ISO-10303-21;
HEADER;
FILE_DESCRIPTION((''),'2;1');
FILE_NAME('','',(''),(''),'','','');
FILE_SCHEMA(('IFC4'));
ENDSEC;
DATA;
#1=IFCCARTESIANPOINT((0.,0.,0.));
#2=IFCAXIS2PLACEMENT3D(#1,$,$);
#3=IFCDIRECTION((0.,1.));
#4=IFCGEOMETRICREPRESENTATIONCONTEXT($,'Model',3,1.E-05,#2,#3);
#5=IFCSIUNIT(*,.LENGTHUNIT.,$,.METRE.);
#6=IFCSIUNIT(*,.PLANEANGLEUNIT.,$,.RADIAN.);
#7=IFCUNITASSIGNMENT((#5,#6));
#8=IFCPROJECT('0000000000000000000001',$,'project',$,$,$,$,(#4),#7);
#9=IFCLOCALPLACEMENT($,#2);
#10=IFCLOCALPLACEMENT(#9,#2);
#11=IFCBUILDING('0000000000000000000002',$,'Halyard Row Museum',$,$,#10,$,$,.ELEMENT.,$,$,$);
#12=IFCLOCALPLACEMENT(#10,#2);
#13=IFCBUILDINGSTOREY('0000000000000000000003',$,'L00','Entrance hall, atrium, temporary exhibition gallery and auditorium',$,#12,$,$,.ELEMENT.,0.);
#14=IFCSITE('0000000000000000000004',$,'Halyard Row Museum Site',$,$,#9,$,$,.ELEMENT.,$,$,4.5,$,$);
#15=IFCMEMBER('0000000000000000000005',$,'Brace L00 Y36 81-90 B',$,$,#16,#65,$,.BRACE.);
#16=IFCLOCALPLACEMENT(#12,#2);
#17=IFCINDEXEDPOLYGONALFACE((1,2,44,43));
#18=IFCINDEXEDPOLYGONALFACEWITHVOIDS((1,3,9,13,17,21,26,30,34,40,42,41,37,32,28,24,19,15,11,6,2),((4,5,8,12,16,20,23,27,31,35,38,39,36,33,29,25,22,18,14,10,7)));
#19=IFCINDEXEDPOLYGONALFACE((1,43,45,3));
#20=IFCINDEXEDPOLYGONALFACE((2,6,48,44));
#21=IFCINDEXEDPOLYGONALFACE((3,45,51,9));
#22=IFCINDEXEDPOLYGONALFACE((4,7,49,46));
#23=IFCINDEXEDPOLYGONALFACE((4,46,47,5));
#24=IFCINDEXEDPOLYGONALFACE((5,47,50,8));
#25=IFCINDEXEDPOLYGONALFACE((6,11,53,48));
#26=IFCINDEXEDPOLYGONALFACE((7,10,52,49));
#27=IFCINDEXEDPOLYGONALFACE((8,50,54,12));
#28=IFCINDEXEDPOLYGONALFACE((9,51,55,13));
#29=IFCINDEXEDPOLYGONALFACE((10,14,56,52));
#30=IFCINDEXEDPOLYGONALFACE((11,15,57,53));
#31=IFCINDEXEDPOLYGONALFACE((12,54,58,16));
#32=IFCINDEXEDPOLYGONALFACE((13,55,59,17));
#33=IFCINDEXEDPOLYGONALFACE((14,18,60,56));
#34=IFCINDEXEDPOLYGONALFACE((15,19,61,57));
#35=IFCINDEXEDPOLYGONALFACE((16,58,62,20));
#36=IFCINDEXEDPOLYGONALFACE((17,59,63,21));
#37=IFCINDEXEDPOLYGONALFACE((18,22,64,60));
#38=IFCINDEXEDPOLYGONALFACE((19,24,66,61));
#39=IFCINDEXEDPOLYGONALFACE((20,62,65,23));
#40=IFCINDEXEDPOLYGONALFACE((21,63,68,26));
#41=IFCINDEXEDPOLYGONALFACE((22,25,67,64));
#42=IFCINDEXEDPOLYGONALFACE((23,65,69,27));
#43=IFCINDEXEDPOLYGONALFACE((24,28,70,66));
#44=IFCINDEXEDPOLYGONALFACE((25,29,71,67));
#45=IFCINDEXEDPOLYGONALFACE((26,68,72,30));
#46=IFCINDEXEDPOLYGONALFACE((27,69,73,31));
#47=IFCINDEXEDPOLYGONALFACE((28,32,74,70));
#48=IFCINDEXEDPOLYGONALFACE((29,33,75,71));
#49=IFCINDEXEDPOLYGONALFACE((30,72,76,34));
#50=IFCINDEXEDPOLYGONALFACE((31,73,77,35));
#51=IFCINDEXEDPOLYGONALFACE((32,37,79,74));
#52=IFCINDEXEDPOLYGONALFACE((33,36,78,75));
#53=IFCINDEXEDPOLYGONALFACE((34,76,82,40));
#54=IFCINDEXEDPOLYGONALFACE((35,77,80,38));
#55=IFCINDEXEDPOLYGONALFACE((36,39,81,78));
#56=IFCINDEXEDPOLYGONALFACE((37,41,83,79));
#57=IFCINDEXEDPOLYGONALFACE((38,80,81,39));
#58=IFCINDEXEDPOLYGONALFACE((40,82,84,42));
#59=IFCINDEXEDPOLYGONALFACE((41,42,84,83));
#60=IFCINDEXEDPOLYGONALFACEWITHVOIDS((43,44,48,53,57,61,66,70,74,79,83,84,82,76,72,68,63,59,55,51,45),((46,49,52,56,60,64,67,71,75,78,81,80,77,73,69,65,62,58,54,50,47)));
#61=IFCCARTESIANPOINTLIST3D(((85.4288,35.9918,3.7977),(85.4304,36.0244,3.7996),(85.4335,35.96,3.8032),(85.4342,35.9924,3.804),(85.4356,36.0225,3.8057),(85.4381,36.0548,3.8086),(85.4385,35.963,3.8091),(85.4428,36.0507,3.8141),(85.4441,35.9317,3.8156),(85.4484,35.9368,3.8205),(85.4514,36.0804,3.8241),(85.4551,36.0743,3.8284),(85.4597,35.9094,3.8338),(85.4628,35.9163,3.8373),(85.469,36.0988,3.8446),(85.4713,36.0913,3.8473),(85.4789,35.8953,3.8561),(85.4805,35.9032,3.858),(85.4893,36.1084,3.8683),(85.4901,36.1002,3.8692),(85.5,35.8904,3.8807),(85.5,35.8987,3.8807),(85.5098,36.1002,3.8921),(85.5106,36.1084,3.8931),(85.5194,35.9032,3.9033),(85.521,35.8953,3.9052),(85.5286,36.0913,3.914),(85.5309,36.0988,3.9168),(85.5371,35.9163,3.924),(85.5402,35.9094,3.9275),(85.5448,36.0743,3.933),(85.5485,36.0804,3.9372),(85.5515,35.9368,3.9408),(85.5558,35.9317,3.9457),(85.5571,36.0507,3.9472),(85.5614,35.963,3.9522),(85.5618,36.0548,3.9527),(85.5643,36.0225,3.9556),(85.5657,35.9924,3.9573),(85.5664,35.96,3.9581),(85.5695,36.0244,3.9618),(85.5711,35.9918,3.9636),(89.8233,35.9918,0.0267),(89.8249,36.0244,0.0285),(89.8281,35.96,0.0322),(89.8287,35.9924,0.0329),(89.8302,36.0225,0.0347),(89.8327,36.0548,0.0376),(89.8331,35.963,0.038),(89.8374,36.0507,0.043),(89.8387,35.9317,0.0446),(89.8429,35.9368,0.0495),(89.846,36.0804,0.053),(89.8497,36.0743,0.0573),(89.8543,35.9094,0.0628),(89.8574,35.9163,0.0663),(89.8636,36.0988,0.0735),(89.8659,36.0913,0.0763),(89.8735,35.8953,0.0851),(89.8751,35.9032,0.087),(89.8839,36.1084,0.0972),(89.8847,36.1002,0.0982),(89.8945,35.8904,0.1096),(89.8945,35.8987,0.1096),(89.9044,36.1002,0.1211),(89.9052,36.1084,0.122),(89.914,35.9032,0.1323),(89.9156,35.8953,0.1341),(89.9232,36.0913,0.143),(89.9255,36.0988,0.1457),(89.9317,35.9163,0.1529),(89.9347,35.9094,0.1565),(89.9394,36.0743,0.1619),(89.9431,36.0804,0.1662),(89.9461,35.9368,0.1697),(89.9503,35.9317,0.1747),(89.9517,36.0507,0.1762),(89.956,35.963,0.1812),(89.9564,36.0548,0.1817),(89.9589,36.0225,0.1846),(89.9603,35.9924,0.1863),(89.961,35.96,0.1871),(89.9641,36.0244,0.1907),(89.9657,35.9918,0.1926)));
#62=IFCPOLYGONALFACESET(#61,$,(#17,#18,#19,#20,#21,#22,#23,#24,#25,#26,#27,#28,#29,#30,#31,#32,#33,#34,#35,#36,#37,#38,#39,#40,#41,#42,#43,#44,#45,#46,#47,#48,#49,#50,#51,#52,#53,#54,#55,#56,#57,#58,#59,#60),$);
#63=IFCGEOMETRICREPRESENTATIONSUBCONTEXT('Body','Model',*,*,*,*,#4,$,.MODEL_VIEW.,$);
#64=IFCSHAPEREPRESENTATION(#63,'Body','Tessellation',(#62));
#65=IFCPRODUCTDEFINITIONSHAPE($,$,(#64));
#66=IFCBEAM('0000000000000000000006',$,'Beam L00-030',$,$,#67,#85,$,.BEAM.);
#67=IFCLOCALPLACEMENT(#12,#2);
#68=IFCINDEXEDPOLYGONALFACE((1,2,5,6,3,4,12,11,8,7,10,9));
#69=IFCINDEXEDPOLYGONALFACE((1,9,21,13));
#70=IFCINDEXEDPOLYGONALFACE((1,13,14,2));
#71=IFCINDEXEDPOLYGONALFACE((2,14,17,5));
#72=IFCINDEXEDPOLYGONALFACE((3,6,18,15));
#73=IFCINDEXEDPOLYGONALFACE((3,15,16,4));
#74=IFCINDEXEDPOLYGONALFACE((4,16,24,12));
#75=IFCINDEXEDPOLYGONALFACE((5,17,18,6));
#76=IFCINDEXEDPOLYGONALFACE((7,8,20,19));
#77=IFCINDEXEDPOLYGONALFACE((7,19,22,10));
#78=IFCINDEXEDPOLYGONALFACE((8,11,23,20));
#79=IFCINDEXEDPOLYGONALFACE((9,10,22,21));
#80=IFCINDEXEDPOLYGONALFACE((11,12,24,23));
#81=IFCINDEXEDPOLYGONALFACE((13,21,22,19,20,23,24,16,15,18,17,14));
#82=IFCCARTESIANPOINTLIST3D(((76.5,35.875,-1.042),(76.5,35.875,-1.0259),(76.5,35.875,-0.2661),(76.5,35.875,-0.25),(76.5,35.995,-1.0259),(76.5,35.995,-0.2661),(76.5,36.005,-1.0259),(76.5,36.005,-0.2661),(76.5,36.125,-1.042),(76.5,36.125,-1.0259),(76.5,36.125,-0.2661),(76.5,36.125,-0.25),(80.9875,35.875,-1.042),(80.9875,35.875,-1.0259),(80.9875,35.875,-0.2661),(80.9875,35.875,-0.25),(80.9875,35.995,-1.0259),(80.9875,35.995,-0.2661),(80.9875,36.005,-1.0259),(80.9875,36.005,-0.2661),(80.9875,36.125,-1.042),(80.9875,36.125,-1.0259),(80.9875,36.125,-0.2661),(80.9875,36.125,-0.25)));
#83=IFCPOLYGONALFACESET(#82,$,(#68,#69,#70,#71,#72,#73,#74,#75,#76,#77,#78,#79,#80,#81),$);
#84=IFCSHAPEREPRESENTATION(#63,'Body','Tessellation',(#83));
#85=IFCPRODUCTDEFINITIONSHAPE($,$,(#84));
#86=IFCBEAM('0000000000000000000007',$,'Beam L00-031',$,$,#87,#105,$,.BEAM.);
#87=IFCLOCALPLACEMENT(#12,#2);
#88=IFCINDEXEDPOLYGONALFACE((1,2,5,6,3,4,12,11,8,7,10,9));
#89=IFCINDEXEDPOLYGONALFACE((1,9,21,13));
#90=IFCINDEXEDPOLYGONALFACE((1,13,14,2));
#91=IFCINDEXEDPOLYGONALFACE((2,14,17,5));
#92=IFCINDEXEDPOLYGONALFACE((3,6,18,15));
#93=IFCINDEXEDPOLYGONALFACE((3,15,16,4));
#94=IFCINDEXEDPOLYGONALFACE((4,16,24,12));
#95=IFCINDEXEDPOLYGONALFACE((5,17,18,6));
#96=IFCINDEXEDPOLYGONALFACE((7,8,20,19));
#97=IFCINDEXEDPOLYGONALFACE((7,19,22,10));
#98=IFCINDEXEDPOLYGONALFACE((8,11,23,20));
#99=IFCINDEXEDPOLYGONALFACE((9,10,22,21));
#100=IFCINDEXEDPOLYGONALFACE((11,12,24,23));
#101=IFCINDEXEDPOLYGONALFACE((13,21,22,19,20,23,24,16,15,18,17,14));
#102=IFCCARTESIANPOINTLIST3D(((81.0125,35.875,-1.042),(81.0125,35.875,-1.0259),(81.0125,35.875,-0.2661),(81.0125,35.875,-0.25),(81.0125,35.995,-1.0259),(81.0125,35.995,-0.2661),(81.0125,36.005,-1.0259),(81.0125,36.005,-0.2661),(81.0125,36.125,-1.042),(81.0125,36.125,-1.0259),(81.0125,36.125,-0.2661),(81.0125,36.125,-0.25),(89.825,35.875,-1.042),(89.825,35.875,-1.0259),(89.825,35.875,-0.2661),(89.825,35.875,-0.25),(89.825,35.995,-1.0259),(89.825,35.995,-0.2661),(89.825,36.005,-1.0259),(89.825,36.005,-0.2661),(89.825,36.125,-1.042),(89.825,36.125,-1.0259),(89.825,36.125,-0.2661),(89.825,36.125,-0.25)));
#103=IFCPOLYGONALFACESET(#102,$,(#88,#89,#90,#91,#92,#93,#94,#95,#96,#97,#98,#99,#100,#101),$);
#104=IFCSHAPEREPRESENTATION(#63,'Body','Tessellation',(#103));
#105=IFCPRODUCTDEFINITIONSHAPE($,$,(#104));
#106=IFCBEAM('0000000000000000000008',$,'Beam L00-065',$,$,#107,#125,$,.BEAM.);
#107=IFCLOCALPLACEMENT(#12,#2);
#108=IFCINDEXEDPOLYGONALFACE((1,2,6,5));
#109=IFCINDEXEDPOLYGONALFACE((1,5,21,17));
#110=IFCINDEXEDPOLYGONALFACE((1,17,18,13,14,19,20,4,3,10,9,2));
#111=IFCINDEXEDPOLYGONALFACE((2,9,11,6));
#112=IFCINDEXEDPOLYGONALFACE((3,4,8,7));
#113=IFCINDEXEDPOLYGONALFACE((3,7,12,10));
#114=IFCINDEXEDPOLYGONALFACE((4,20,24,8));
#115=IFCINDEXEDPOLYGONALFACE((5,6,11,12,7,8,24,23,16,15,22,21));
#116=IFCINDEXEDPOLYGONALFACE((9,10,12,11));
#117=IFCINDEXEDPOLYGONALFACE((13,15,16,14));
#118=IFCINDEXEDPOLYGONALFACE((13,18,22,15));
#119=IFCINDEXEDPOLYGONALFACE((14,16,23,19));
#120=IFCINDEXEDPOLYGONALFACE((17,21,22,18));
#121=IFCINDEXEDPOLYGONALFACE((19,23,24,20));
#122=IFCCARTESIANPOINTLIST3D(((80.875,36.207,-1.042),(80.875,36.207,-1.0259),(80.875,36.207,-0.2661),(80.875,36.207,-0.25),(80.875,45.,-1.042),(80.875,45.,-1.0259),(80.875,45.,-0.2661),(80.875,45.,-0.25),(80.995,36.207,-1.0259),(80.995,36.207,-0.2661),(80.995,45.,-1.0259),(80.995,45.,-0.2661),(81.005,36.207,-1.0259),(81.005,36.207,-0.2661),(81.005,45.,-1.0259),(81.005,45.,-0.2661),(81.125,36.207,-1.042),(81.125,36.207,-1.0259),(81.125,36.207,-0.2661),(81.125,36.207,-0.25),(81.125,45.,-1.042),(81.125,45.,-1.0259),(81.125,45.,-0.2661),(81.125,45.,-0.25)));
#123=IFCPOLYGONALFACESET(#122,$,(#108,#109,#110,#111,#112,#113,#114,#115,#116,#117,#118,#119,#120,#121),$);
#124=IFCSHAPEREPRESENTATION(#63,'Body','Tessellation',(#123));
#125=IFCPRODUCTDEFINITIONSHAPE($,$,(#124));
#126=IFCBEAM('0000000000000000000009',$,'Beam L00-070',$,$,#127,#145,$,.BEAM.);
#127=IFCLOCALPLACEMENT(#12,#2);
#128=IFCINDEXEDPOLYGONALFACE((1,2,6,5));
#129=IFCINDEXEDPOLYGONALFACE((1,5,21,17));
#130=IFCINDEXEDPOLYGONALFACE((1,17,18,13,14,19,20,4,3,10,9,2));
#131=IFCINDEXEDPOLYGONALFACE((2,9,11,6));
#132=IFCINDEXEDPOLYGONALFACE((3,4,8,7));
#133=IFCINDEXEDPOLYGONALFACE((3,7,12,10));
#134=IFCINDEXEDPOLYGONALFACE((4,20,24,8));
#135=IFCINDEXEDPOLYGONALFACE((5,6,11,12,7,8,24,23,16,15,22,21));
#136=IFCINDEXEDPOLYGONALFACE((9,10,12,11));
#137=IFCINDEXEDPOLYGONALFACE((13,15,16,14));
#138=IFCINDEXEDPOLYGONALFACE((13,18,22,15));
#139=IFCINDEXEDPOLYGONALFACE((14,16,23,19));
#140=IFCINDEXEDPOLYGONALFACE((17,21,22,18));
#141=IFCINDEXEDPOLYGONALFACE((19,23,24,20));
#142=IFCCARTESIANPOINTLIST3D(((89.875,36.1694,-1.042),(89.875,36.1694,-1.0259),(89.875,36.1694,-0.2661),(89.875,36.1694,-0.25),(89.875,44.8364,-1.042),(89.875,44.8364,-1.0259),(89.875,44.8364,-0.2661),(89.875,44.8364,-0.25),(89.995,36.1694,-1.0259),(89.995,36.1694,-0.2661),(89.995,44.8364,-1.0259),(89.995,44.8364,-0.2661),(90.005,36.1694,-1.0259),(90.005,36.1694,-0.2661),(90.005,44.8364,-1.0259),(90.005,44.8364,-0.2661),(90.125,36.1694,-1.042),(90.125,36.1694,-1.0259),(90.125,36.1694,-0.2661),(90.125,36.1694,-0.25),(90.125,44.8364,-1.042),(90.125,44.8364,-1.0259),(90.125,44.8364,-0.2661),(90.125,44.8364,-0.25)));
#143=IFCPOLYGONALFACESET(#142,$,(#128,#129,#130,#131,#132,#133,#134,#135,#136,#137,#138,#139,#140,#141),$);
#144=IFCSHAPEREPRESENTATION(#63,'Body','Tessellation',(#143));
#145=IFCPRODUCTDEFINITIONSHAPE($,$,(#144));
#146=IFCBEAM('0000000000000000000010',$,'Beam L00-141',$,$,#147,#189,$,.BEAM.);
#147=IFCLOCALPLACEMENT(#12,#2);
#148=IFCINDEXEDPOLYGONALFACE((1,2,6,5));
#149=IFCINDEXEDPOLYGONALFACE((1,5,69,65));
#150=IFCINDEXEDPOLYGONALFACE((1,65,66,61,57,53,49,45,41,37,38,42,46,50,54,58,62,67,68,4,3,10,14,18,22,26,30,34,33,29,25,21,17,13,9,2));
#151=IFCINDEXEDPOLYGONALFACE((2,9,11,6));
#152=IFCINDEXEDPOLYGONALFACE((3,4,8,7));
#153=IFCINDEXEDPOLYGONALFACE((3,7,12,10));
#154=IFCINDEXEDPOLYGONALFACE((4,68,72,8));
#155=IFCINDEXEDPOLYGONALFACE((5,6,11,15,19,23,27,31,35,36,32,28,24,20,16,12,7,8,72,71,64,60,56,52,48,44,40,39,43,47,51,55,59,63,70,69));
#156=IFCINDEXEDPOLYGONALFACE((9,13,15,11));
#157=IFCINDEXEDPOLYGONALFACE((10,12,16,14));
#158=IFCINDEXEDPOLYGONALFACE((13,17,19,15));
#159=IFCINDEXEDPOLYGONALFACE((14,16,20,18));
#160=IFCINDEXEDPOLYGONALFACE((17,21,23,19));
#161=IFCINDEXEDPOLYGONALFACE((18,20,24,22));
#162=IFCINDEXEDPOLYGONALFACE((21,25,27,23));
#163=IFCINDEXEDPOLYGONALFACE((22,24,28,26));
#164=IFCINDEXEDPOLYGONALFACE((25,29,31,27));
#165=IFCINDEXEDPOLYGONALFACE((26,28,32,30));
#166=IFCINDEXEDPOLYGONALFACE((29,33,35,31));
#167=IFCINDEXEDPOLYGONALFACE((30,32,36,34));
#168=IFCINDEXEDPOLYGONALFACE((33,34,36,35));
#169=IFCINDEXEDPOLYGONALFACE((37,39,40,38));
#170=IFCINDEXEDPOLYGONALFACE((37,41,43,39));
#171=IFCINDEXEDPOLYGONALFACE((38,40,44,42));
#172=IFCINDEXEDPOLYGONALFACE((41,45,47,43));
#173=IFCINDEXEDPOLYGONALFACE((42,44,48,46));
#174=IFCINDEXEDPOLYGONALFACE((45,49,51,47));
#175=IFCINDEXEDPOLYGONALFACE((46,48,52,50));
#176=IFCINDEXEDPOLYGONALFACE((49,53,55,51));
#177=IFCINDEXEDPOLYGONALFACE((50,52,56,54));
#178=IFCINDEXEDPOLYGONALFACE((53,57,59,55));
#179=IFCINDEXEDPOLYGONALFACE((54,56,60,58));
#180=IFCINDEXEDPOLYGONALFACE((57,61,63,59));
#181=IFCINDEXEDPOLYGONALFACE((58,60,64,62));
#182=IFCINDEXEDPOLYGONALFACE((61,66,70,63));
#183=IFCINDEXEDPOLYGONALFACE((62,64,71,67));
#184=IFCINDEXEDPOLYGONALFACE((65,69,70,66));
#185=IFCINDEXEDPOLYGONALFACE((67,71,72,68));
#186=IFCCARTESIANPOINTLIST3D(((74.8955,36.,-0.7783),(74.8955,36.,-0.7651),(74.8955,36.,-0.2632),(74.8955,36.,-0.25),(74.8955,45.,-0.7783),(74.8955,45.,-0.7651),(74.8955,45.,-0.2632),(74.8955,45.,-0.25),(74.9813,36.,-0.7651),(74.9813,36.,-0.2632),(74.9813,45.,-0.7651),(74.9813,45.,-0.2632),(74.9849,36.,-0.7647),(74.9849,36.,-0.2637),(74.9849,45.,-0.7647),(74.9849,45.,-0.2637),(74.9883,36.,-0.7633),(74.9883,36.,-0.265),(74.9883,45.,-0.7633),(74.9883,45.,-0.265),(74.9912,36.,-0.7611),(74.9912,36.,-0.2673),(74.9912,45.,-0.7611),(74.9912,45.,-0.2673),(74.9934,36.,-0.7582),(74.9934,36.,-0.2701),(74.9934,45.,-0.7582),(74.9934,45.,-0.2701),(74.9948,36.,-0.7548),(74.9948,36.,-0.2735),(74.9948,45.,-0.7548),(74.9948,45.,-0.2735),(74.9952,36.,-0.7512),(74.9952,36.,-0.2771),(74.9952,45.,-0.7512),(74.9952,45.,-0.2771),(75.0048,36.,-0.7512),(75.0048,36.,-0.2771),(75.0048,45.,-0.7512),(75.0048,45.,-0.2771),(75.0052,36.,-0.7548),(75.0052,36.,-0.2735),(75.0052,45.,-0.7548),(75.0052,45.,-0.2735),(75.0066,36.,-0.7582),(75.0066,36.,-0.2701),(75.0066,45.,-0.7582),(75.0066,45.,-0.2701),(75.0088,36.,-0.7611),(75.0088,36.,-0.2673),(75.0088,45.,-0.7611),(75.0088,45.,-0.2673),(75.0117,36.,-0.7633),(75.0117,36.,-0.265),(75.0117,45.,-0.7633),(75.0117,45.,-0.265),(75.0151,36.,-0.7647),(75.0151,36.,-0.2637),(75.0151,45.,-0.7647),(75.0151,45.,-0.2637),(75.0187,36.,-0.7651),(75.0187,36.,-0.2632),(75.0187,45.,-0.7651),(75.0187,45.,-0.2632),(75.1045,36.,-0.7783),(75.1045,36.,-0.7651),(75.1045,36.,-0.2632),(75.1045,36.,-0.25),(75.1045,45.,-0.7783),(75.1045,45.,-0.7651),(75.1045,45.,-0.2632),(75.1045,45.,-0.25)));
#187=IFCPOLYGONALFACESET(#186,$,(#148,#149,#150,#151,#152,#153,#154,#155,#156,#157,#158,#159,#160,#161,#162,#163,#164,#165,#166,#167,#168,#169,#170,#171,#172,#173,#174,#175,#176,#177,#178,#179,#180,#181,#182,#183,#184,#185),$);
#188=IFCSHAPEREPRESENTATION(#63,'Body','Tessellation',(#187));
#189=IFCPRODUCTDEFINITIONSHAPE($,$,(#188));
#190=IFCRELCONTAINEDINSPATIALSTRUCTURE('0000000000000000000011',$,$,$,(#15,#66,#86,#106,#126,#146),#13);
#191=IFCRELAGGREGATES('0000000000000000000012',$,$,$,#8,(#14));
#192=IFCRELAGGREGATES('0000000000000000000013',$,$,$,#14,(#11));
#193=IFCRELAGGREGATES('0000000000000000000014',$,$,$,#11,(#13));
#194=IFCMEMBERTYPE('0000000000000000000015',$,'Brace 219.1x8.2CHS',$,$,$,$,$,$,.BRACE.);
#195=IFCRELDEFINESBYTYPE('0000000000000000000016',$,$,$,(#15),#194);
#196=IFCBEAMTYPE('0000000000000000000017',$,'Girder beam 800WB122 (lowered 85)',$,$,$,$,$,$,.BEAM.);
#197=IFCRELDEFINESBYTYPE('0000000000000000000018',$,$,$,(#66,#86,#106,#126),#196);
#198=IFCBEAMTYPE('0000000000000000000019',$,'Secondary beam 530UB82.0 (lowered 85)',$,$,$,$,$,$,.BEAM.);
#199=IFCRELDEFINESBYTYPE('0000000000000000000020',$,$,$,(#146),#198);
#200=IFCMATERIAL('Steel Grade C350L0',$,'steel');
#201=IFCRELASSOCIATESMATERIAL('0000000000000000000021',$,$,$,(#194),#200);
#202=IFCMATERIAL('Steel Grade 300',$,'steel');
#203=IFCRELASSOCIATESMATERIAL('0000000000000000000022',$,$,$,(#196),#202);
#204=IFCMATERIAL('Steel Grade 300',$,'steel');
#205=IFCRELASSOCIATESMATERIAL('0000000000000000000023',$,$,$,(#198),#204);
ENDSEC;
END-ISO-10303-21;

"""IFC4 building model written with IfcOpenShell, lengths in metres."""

from ifc_helpers import new_model, si_unit, direction, frame, origin, origin_2d, place, context, subcontext, project, spatial, hollow_circle, i_section, extrude, material, material_profile, profile_set, type_object, element, save


model = new_model("IFC4")

# Units and contexts
model_context = context("Model", 3, precision=1e-05, world=origin(), true_north=direction((0.0, 1.0)))
body_context = subcontext(model_context, "Body", "Model", "MODEL_VIEW")
ifc_project = project(units=[si_unit("LENGTHUNIT", "METRE"), si_unit("PLANEANGLEUNIT", "RADIAN")], contexts=[model_context])

# Site, building, storey
site_placement = place(None, origin())
site = spatial("IfcSite", under=ifc_project, at=site_placement, Name="Halyard Row Museum Site", CompositionType="ELEMENT", RefElevation=4.5)
building_placement = place(site_placement, origin())
building = spatial("IfcBuilding", under=site, at=building_placement, Name="Halyard Row Museum", CompositionType="ELEMENT")
storey_placement = place(building_placement, origin())
storey = spatial("IfcBuildingStorey", under=building, at=storey_placement, Name="L00", Description="Entrance hall, atrium, temporary exhibition gallery and auditorium", CompositionType="ELEMENT", Elevation=0.0)

# Member
ifc_material_1 = material(Name="Steel Grade C350L0", Category="steel")
ifc_material_profile_1 = material_profile(ifc_material_1, hollow_circle(Radius=0.1096, WallThickness=0.0083, at=origin_2d()), Name="219.1x8.2CHS")
ifc_profile_set_1 = profile_set([ifc_material_profile_1], Name="Steel Grade C350L0")
member_type = type_object("IfcMemberType", Name="Brace 219.1x8.2CHS", PredefinedType="BRACE", material=ifc_profile_set_1)
member_1_placement = place(storey_placement, frame((89.8945, 36.0, 0.1096), z_axis=(-0.758893, 0.0, 0.651215), x_axis=(0.0, -1.0, 0.0)))
element("IfcMember", 1, at=member_1_placement, inside=storey, type_object=member_type, Name="Brace L00 Y36 81-90 B", PredefinedType="BRACE", context=body_context, shape_type="SweptSolid", body=[
    extrude(hollow_circle(Radius=0.1096, WallThickness=0.0083, at=origin_2d()), origin(), (0.0, 0.0, 1.0), 5.7908),
])

# Beams
ifc_material_2 = material(Name="Steel Grade 300", Category="steel")
ifc_material_profile_2 = material_profile(ifc_material_2, i_section(OverallWidth=0.25, OverallDepth=0.792, WebThickness=0.01, FlangeThickness=0.0161, at=origin_2d()), Name="800WB122")
ifc_profile_set_2 = profile_set([ifc_material_profile_2], Name="Steel Grade 300")
beam_type_1 = type_object("IfcBeamType", Name="Girder beam 800WB122 (lowered 85)", PredefinedType="BEAM", material=ifc_profile_set_2)
beam_1_placement = place(storey_placement, frame((76.5, 36.0, -0.646), z_axis=(1.0, 0.0, 0.0), x_axis=(0.0, 1.0, 0.0)))
element("IfcBeam", 2, at=beam_1_placement, inside=storey, type_object=beam_type_1, Name="Beam L00-030", PredefinedType="BEAM", context=body_context, shape_type="SweptSolid", body=[
    extrude(i_section(OverallWidth=0.25, OverallDepth=0.792, WebThickness=0.01, FlangeThickness=0.0161, at=origin_2d()), origin(), (0.0, 0.0, 1.0), 4.4875),
])
beam_2_placement = place(storey_placement, frame((81.0125, 36.0, -0.646), z_axis=(1.0, 0.0, 0.0), x_axis=(0.0, 1.0, 0.0)))
element("IfcBeam", 3, at=beam_2_placement, inside=storey, type_object=beam_type_1, Name="Beam L00-031", PredefinedType="BEAM", context=body_context, shape_type="SweptSolid", body=[
    extrude(i_section(OverallWidth=0.25, OverallDepth=0.792, WebThickness=0.01, FlangeThickness=0.0161, at=origin_2d()), origin(), (0.0, 0.0, 1.0), 8.8125),
])
beam_3_placement = place(storey_placement, frame((81.0, 36.207, -0.646), z_axis=(0.0, 1.0, 0.0), x_axis=(-1.0, 0.0, 0.0)))
element("IfcBeam", 4, at=beam_3_placement, inside=storey, type_object=beam_type_1, Name="Beam L00-065", PredefinedType="BEAM", context=body_context, shape_type="SweptSolid", body=[
    extrude(i_section(OverallWidth=0.25, OverallDepth=0.792, WebThickness=0.01, FlangeThickness=0.0161, at=origin_2d()), origin(), (0.0, 0.0, 1.0), 8.793),
])
beam_4_placement = place(storey_placement, frame((90.0, 36.1694, -0.646), z_axis=(0.0, 1.0, 0.0), x_axis=(-1.0, 0.0, 0.0)))
element("IfcBeam", 5, at=beam_4_placement, inside=storey, type_object=beam_type_1, Name="Beam L00-070", PredefinedType="BEAM", context=body_context, shape_type="SweptSolid", body=[
    extrude(i_section(OverallWidth=0.25, OverallDepth=0.792, WebThickness=0.01, FlangeThickness=0.0161, at=origin_2d()), origin(), (0.0, 0.0, 1.0), 8.667),
])
ifc_material_3 = material(Name="Steel Grade 300", Category="steel")
ifc_material_profile_3 = material_profile(ifc_material_3, i_section(OverallWidth=0.209, OverallDepth=0.5283, WebThickness=0.0095, FlangeThickness=0.0132, FilletRadius=0.0139, at=origin_2d()), Name="530UB82.0")
ifc_profile_set_3 = profile_set([ifc_material_profile_3], Name="Steel Grade 300")
beam_type_2 = type_object("IfcBeamType", Name="Secondary beam 530UB82.0 (lowered 85)", PredefinedType="BEAM", material=ifc_profile_set_3)
beam_5_placement = place(storey_placement, frame((75.0, 36.0, -0.5142), z_axis=(0.0, 1.0, 0.0), x_axis=(-1.0, 0.0, 0.0)))
element("IfcBeam", 6, at=beam_5_placement, inside=storey, type_object=beam_type_2, Name="Beam L00-141", PredefinedType="BEAM", context=body_context, shape_type="SweptSolid", body=[
    extrude(i_section(OverallWidth=0.209, OverallDepth=0.5283, WebThickness=0.0095, FlangeThickness=0.0132, FilletRadius=0.0139, at=origin_2d()), origin(), (0.0, 0.0, 1.0), 9.0),
])

save(model, "model.ifc")
